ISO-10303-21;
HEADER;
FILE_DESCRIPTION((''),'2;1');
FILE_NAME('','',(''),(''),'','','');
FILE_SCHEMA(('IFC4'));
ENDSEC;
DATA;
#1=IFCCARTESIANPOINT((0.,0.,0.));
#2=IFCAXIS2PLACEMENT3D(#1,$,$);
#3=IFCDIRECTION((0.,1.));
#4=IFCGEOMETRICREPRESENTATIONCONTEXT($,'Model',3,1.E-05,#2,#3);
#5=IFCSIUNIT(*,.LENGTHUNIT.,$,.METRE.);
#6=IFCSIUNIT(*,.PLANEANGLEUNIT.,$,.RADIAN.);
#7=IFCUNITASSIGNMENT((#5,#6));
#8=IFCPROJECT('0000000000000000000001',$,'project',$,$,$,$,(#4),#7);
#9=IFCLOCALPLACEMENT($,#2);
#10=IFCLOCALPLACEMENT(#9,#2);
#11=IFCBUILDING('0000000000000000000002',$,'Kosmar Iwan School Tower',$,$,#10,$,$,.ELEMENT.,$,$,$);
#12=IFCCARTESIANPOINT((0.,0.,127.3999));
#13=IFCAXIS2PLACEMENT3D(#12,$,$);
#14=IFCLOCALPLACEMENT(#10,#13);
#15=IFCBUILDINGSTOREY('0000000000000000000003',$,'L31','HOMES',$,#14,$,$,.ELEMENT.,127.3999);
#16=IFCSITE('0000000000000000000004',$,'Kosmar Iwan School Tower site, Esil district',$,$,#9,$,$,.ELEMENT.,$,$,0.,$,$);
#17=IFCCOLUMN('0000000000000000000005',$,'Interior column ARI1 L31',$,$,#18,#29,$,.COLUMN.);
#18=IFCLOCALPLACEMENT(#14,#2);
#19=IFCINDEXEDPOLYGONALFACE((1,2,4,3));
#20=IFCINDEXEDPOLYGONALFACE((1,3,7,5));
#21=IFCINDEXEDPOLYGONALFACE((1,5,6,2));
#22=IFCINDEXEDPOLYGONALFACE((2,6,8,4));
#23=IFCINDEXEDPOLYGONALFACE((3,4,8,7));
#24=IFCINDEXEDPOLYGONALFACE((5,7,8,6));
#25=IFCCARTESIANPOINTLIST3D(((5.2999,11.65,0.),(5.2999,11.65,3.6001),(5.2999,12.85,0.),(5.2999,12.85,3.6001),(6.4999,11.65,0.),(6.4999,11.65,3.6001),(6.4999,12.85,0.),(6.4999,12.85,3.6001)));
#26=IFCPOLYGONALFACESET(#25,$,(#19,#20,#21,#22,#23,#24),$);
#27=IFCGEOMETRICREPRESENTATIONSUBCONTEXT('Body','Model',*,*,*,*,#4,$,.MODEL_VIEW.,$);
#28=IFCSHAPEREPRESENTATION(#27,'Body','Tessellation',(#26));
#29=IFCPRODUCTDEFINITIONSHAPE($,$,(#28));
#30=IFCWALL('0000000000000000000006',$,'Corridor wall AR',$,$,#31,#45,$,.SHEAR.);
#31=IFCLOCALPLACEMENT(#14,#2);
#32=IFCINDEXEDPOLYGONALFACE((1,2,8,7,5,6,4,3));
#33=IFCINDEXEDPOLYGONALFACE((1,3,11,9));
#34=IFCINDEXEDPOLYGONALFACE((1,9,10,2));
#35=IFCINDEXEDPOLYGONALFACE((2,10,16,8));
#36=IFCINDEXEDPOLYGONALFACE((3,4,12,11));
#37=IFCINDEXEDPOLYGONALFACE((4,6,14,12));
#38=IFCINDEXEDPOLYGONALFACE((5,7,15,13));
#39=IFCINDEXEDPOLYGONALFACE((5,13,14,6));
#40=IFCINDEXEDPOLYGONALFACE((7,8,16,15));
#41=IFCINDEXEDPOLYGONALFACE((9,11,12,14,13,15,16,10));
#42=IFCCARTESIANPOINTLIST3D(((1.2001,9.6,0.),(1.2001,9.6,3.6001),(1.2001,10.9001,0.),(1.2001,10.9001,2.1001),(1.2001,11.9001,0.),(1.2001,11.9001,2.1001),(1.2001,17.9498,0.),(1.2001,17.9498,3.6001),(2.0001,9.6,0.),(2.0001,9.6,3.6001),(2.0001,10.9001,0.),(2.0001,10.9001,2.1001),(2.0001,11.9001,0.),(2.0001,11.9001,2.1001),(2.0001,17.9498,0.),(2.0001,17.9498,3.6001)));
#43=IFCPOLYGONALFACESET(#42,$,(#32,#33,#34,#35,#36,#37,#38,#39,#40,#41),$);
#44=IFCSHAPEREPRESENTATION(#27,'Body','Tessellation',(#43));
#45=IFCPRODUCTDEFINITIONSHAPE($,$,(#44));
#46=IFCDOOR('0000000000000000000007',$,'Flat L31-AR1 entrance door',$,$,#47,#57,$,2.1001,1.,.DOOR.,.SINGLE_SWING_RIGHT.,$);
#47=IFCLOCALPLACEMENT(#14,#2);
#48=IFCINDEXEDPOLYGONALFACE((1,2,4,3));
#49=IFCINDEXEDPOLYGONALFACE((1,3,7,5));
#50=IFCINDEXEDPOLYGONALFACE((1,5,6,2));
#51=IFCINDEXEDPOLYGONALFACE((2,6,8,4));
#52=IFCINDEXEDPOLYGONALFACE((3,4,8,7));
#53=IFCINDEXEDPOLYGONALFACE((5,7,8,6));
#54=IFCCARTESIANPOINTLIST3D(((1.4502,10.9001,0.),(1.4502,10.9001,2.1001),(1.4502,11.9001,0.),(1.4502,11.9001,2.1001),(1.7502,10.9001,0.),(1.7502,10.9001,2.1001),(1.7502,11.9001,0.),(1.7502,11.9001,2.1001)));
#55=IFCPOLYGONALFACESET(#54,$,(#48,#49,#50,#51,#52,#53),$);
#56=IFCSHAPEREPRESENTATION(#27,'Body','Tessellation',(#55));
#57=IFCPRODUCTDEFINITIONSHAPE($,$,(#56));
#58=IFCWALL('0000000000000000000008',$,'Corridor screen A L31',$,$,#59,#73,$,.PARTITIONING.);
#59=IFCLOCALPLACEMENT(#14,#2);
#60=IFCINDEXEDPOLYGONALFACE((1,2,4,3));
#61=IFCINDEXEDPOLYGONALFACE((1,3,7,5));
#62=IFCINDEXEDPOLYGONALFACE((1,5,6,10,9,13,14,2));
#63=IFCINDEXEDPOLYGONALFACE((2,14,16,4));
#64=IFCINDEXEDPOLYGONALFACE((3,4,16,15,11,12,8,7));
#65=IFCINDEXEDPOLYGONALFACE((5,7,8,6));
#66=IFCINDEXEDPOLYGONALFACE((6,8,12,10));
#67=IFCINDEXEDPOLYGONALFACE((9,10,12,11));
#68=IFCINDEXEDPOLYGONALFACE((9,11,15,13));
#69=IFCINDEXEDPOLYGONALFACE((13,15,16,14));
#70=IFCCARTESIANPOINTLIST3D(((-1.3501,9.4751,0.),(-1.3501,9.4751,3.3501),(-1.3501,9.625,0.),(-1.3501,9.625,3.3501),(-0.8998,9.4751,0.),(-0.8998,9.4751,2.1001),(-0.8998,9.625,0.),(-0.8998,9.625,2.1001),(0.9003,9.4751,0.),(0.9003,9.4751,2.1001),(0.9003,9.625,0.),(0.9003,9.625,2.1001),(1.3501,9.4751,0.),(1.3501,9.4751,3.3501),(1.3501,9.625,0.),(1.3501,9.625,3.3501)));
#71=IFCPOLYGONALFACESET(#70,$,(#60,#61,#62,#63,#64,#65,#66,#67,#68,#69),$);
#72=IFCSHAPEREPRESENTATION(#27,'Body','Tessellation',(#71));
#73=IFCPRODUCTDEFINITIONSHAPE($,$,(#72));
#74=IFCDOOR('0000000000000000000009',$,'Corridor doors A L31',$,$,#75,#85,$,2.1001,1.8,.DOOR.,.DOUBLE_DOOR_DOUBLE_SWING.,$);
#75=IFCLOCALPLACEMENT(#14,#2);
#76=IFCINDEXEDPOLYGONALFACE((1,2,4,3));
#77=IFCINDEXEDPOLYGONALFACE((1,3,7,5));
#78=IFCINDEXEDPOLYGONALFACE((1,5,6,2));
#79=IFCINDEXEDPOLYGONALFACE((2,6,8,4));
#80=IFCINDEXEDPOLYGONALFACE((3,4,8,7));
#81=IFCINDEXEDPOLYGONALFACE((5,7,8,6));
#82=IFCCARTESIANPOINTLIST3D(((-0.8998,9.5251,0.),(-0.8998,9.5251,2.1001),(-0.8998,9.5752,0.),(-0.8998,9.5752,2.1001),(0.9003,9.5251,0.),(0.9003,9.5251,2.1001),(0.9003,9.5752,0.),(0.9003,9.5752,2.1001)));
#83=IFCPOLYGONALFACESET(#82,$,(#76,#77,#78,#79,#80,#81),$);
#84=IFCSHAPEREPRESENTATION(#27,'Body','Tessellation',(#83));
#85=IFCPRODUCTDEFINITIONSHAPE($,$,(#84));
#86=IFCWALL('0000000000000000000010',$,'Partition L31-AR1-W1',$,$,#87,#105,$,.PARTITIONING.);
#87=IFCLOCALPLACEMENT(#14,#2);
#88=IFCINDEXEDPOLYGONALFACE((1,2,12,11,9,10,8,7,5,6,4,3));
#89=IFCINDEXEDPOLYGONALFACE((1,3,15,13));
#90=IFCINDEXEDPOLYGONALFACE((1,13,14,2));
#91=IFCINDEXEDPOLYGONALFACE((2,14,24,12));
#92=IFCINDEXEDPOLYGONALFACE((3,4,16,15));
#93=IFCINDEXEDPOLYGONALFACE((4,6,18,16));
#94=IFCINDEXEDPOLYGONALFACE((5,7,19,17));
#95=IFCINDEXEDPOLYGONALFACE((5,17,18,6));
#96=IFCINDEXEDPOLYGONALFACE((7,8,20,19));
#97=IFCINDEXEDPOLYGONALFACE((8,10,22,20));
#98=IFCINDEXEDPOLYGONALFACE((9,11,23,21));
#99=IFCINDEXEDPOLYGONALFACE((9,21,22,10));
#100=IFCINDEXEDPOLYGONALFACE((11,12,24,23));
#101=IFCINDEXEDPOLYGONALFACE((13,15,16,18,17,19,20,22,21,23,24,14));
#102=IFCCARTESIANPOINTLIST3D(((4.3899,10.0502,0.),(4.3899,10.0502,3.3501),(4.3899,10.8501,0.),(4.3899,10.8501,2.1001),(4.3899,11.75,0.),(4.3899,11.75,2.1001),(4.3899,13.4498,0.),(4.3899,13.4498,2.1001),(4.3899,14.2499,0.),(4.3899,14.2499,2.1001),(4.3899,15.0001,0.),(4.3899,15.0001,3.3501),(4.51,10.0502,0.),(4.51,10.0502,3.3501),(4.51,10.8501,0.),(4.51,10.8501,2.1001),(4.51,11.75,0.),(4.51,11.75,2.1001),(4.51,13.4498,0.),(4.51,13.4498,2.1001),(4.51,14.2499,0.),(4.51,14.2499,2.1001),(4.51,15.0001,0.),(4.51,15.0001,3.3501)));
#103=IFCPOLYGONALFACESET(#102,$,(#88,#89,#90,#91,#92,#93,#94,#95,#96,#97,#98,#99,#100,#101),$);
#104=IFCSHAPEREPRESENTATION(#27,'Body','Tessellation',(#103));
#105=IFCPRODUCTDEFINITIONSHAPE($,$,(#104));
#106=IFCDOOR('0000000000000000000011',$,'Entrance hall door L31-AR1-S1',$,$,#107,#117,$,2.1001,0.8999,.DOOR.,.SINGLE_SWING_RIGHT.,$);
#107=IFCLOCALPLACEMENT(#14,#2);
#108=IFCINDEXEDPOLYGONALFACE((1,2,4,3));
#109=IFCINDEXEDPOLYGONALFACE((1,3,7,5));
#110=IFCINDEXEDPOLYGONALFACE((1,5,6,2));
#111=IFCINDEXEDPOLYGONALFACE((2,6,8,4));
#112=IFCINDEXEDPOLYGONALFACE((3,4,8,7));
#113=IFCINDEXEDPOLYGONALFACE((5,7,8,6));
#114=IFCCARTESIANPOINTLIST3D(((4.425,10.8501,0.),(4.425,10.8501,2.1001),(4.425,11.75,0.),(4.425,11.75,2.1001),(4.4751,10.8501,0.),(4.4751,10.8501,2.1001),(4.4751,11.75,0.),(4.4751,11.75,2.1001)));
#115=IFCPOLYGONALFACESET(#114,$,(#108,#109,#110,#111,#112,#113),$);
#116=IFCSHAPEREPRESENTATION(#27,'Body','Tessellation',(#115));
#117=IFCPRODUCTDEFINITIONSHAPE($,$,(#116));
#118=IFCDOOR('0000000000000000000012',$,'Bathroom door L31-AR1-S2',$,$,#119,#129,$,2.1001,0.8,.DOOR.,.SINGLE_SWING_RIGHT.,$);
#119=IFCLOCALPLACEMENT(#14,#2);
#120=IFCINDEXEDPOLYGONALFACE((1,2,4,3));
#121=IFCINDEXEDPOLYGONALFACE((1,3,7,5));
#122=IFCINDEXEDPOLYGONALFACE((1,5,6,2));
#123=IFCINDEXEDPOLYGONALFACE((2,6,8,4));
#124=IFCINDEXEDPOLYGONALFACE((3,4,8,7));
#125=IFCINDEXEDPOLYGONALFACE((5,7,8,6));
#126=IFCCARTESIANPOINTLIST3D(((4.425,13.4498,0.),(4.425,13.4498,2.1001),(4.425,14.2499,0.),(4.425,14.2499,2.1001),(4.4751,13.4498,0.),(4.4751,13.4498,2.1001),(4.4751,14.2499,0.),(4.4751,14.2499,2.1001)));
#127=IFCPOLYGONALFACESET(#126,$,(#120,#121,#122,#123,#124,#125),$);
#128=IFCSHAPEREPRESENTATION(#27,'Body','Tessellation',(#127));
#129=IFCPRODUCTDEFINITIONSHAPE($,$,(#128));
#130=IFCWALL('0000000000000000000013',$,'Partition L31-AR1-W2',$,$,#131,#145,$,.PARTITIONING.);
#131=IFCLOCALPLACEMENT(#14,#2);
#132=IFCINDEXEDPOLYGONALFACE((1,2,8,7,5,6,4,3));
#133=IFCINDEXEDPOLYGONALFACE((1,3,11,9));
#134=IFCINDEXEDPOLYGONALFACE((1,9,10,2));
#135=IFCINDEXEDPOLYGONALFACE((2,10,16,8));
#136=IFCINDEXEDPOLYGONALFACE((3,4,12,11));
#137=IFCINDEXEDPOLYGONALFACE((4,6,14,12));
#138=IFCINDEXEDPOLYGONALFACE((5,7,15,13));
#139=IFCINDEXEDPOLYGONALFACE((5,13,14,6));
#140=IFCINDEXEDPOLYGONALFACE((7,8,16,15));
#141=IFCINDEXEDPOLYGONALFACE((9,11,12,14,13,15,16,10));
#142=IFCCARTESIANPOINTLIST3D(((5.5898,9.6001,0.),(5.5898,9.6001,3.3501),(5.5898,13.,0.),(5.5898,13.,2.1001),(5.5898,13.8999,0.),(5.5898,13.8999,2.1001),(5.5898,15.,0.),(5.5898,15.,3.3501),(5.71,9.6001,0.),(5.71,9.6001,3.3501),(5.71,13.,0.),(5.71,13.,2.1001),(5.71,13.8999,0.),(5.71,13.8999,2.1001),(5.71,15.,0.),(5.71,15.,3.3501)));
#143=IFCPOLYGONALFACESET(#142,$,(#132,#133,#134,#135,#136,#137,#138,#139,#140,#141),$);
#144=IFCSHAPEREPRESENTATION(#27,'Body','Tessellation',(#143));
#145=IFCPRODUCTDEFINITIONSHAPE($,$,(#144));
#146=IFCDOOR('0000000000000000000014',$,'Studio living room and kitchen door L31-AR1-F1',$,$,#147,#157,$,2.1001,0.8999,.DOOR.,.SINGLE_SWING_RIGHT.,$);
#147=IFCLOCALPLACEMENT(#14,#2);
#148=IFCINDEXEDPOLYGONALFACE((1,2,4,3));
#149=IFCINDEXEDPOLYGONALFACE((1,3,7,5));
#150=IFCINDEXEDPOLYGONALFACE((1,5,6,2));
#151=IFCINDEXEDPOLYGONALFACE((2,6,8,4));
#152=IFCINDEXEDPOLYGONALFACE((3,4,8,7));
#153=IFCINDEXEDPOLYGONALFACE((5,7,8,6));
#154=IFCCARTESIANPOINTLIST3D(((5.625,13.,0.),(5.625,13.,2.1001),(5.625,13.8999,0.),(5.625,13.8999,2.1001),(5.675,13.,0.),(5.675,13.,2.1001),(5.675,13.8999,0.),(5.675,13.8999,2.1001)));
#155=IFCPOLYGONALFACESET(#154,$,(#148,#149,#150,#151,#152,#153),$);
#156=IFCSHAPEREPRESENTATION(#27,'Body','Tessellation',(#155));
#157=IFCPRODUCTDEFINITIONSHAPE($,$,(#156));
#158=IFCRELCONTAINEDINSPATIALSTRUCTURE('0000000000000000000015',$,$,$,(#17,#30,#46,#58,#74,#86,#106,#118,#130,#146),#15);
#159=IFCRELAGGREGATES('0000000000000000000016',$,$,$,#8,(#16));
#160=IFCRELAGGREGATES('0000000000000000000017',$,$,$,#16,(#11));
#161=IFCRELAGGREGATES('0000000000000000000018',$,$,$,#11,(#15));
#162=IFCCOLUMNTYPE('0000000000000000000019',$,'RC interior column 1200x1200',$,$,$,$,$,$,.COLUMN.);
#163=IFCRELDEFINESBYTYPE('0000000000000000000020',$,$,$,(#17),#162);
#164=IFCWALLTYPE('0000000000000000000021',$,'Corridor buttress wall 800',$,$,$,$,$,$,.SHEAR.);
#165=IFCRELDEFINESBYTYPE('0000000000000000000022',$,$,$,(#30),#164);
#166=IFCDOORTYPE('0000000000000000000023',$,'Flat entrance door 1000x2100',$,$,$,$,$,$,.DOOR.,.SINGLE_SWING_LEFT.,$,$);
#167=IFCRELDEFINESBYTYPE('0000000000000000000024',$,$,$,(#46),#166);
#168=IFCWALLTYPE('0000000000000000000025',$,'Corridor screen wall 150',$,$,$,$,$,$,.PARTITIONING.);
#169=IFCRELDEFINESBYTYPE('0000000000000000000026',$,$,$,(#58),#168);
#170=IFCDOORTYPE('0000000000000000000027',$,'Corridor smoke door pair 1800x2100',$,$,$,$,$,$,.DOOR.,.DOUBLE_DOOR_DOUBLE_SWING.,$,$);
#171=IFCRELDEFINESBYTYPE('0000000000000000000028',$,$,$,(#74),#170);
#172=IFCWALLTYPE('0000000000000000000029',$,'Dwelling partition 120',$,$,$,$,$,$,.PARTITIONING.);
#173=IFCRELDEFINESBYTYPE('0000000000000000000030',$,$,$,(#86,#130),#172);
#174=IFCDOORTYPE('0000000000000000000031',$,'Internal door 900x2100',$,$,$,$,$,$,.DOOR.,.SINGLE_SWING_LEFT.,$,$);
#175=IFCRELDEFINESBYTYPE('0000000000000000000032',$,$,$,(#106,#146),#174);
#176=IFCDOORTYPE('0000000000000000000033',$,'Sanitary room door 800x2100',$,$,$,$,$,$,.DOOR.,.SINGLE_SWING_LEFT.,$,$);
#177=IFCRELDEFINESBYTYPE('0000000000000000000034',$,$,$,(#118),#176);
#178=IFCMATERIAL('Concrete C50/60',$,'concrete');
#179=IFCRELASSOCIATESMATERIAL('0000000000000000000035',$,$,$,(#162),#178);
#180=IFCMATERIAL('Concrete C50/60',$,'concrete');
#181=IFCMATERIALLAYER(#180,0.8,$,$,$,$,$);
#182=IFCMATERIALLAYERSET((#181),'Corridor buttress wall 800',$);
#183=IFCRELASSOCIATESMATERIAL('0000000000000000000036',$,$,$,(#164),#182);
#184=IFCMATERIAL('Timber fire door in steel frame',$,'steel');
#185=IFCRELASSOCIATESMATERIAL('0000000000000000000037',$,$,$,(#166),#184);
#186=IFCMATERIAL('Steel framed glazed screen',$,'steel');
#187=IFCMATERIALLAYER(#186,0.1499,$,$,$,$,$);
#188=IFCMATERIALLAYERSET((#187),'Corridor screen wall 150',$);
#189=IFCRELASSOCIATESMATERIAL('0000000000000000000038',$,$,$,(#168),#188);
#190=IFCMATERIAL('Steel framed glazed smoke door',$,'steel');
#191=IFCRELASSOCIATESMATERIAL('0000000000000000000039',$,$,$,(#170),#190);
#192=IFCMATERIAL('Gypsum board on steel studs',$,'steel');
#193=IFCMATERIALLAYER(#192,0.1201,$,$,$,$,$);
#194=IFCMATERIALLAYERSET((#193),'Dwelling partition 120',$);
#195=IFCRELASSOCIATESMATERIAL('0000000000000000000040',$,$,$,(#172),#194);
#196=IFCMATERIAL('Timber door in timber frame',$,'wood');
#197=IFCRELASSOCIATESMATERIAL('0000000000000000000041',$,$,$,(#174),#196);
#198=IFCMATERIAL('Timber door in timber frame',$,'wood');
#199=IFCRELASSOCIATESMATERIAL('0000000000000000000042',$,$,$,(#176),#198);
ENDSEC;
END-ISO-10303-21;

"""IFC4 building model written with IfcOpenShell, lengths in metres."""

from ifc_helpers import new_model, si_unit, direction, frame, frame_2d, origin, origin_2d, place, context, subcontext, project, spatial, rectangle, extrude, material, layer, layer_set, material_profile, profile_set, type_object, element, fill, save


model = new_model("IFC4")

# Units and contexts
model_context = context("Model", 3, precision=1e-05, world=origin(), true_north=direction((0.0, 1.0)))
body_context = subcontext(model_context, "Body", "Model", "MODEL_VIEW")
ifc_project = project(units=[si_unit("LENGTHUNIT", "METRE"), si_unit("PLANEANGLEUNIT", "RADIAN")], contexts=[model_context])

# Site, building, storey
site_placement = place(None, origin())
site = spatial("IfcSite", under=ifc_project, at=site_placement, Name="Kosmar Iwan School Tower site, Esil district", CompositionType="ELEMENT", RefElevation=0.0)
building_placement = place(site_placement, origin())
building = spatial("IfcBuilding", under=site, at=building_placement, Name="Kosmar Iwan School Tower", CompositionType="ELEMENT")
storey_placement = place(building_placement, frame((0.0, 0.0, 127.3999)))
storey = spatial("IfcBuildingStorey", under=building, at=storey_placement, Name="L31", Description="HOMES", CompositionType="ELEMENT", Elevation=127.3999)

# Column
ifc_material_1 = material(Name="Concrete C50/60", Category="concrete")
ifc_material_profile = material_profile(ifc_material_1, rectangle(XDim=1.2, YDim=1.2, at=origin_2d()), Name="RC 1200x1200")
ifc_profile_set = profile_set([ifc_material_profile], Name="Concrete C50/60")
column_type = type_object("IfcColumnType", Name="RC interior column 1200x1200", PredefinedType="COLUMN", material=ifc_profile_set)
column_placement = place(storey_placement, frame((5.8999, 12.25, 0.0), z_axis=(0.0, 0.0, 1.0), x_axis=(0.0, 1.0, 0.0)))
element("IfcColumn", 1, at=column_placement, inside=storey, type_object=column_type, Name="Interior column ARI1 L31", PredefinedType="COLUMN", context=body_context, shape_type="SweptSolid", body=[
    extrude(rectangle(XDim=1.2, YDim=1.2, at=origin_2d()), origin(), (0.0, 0.0, 1.0), 3.6001),
])

# Walls, openings, doors
ifc_material_2 = material(Name="Concrete C50/60", Category="concrete")
ifc_layer_1 = layer(ifc_material_2, 0.8)
ifc_layer_set_1 = layer_set([ifc_layer_1], Name="Corridor buttress wall 800")
wall_type_1 = type_object("IfcWallType", Name="Corridor buttress wall 800", PredefinedType="SHEAR", material=ifc_layer_set_1)
wall_1_placement = place(storey_placement, frame((1.6001, 9.6001, 0.0), z_axis=(0.0, 0.0, 1.0), x_axis=(0.0, 1.0, 0.0)))
wall_1 = element("IfcWall", 2, at=wall_1_placement, inside=storey, type_object=wall_type_1, Name="Corridor wall AR", PredefinedType="SHEAR", context=body_context, shape_type="SweptSolid", body=[
    extrude(rectangle(XDim=8.3499, YDim=0.8, at=frame_2d((4.1748, 0.0))), origin(), (0.0, 0.0, 1.0), 3.6001),
])
opening_1_placement = place(wall_1_placement, frame((1.3, 0.0, 0.0)))
opening_1 = element("IfcOpeningElement", 3, at=opening_1_placement, cuts=wall_1, PredefinedType="OPENING", context=body_context, shape_type="SweptSolid", body=[
    extrude(rectangle(XDim=1.0, YDim=2.1001, at=frame_2d((0.5, 1.05))), frame((0.0, 0.4121, 0.0), z_axis=(0.0, -1.0, 0.0), x_axis=(1.0, 0.0, 0.0)), (0.0, 0.0, 1.0), 0.824),
])
ifc_material_3 = material(Name="Timber fire door in steel frame", Category="steel")
door_type_1 = type_object("IfcDoorType", Name="Flat entrance door 1000x2100", OperationType="SINGLE_SWING_LEFT", PredefinedType="DOOR", material=ifc_material_3)
door_1_placement = place(opening_1_placement, origin())
door_1 = element("IfcDoor", 4, at=door_1_placement, inside=storey, type_object=door_type_1, Name="Flat L31-AR1 entrance door", OperationType="SINGLE_SWING_RIGHT", OverallHeight=2.1001, OverallWidth=1.0, PredefinedType="DOOR", context=body_context, shape_type="SweptSolid", body=[
    extrude(rectangle(XDim=1.0, YDim=2.1001, at=frame_2d((0.5, 1.05))), frame((0.0, 0.1499, 0.0), z_axis=(0.0, -1.0, 0.0), x_axis=(1.0, 0.0, 0.0)), (0.0, 0.0, 1.0), 0.3),
])
fill(opening_1, door_1)
ifc_material_4 = material(Name="Steel framed glazed screen", Category="steel")
ifc_layer_2 = layer(ifc_material_4, 0.1499)
ifc_layer_set_2 = layer_set([ifc_layer_2], Name="Corridor screen wall 150")
wall_type_2 = type_object("IfcWallType", Name="Corridor screen wall 150", PredefinedType="PARTITIONING", material=ifc_layer_set_2)
wall_2_placement = place(storey_placement, frame((1.3501, 9.55, 0.0), z_axis=(0.0, 0.0, 1.0), x_axis=(-1.0, 0.0, 0.0)))
wall_2 = element("IfcWall", 5, at=wall_2_placement, inside=storey, type_object=wall_type_2, Name="Corridor screen A L31", PredefinedType="PARTITIONING", context=body_context, shape_type="SweptSolid", body=[
    extrude(rectangle(XDim=2.7002, YDim=0.1499, at=frame_2d((1.3501, 0.0))), origin(), (0.0, 0.0, 1.0), 3.3501),
])
opening_2_placement = place(wall_2_placement, frame((0.45, 0.0, 0.0)))
opening_2 = element("IfcOpeningElement", 6, at=opening_2_placement, cuts=wall_2, PredefinedType="OPENING", context=body_context, shape_type="SweptSolid", body=[
    extrude(rectangle(XDim=1.8, YDim=2.1001, at=frame_2d((0.8999, 1.05))), frame((0.0, 0.0869, 0.0), z_axis=(0.0, -1.0, 0.0), x_axis=(1.0, 0.0, 0.0)), (0.0, 0.0, 1.0), 0.1738),
])
ifc_material_5 = material(Name="Steel framed glazed smoke door", Category="steel")
door_type_2 = type_object("IfcDoorType", Name="Corridor smoke door pair 1800x2100", OperationType="DOUBLE_DOOR_DOUBLE_SWING", PredefinedType="DOOR", material=ifc_material_5)
door_2_placement = place(opening_2_placement, origin())
door_2 = element("IfcDoor", 7, at=door_2_placement, inside=storey, type_object=door_type_2, Name="Corridor doors A L31", OperationType="DOUBLE_DOOR_DOUBLE_SWING", OverallHeight=2.1001, OverallWidth=1.8, PredefinedType="DOOR", context=body_context, shape_type="SweptSolid", body=[
    extrude(rectangle(XDim=1.8, YDim=2.1001, at=frame_2d((0.8999, 1.05))), frame((0.0, 0.0249, 0.0), z_axis=(0.0, -1.0, 0.0), x_axis=(1.0, 0.0, 0.0)), (0.0, 0.0, 1.0), 0.05),
])
fill(opening_2, door_2)

# Wall, openings, doors
ifc_material_6 = material(Name="Gypsum board on steel studs", Category="steel")
ifc_layer_3 = layer(ifc_material_6, 0.1201)
ifc_layer_set_3 = layer_set([ifc_layer_3], Name="Dwelling partition 120")
wall_type_3 = type_object("IfcWallType", Name="Dwelling partition 120", PredefinedType="PARTITIONING", material=ifc_layer_set_3)
wall_3_placement = place(storey_placement, frame((4.45, 10.05, 0.0), z_axis=(0.0, 0.0, 1.0), x_axis=(0.0, 1.0, 0.0)))
wall_3 = element("IfcWall", 8, at=wall_3_placement, inside=storey, type_object=wall_type_3, Name="Partition L31-AR1-W1", PredefinedType="PARTITIONING", context=body_context, shape_type="SweptSolid", body=[
    extrude(rectangle(XDim=4.95, YDim=0.1201, at=frame_2d((2.4751, 0.0))), origin(), (0.0, 0.0, 1.0), 3.3501),
])
opening_3_placement = place(wall_3_placement, frame((0.8, 0.0, 0.0)))
opening_3 = element("IfcOpeningElement", 9, at=opening_3_placement, cuts=wall_3, PredefinedType="OPENING", context=body_context, shape_type="SweptSolid", body=[
    extrude(rectangle(XDim=0.8999, YDim=2.1001, at=frame_2d((0.45, 1.05))), frame((0.0, 0.072, 0.0), z_axis=(0.0, -1.0, 0.0), x_axis=(1.0, 0.0, 0.0)), (0.0, 0.0, 1.0), 0.144),
])
opening_4_placement = place(wall_3_placement, frame((3.3999, 0.0, 0.0)))
opening_4 = element("IfcOpeningElement", 10, at=opening_4_placement, cuts=wall_3, PredefinedType="OPENING", context=body_context, shape_type="SweptSolid", body=[
    extrude(rectangle(XDim=0.8, YDim=2.1001, at=frame_2d((0.3999, 1.05))), frame((0.0, 0.072, 0.0), z_axis=(0.0, -1.0, 0.0), x_axis=(1.0, 0.0, 0.0)), (0.0, 0.0, 1.0), 0.144),
])
ifc_material_7 = material(Name="Timber door in timber frame", Category="wood")
door_type_3 = type_object("IfcDoorType", Name="Internal door 900x2100", OperationType="SINGLE_SWING_LEFT", PredefinedType="DOOR", material=ifc_material_7)
door_3_placement = place(opening_3_placement, origin())
door_3 = element("IfcDoor", 11, at=door_3_placement, inside=storey, type_object=door_type_3, Name="Entrance hall door L31-AR1-S1", OperationType="SINGLE_SWING_RIGHT", OverallHeight=2.1001, OverallWidth=0.8999, PredefinedType="DOOR", context=body_context, shape_type="SweptSolid", body=[
    extrude(rectangle(XDim=0.8999, YDim=2.1001, at=frame_2d((0.45, 1.05))), frame((0.0, 0.0249, 0.0), z_axis=(0.0, -1.0, 0.0), x_axis=(1.0, 0.0, 0.0)), (0.0, 0.0, 1.0), 0.05),
])
fill(opening_3, door_3)
ifc_material_8 = material(Name="Timber door in timber frame", Category="wood")
door_type_4 = type_object("IfcDoorType", Name="Sanitary room door 800x2100", OperationType="SINGLE_SWING_LEFT", PredefinedType="DOOR", material=ifc_material_8)
door_4_placement = place(opening_4_placement, origin())
door_4 = element("IfcDoor", 12, at=door_4_placement, inside=storey, type_object=door_type_4, Name="Bathroom door L31-AR1-S2", OperationType="SINGLE_SWING_RIGHT", OverallHeight=2.1001, OverallWidth=0.8, PredefinedType="DOOR", context=body_context, shape_type="SweptSolid", body=[
    extrude(rectangle(XDim=0.8, YDim=2.1001, at=frame_2d((0.3999, 1.05))), frame((0.0, 0.0249, 0.0), z_axis=(0.0, -1.0, 0.0), x_axis=(1.0, 0.0, 0.0)), (0.0, 0.0, 1.0), 0.05),
])
fill(opening_4, door_4)

# Wall, opening, door
wall_4_placement = place(storey_placement, frame((5.6499, 9.6001, 0.0), z_axis=(0.0, 0.0, 1.0), x_axis=(0.0, 1.0, 0.0)))
wall_4 = element("IfcWall", 13, at=wall_4_placement, inside=storey, type_object=wall_type_3, Name="Partition L31-AR1-W2", PredefinedType="PARTITIONING", context=body_context, shape_type="SweptSolid", body=[
    extrude(rectangle(XDim=5.3999, YDim=0.1201, at=frame_2d((2.7, 0.0))), origin(), (0.0, 0.0, 1.0), 3.3501),
])
opening_5_placement = place(wall_4_placement, frame((3.3999, 0.0, 0.0)))
opening_5 = element("IfcOpeningElement", 14, at=opening_5_placement, cuts=wall_4, PredefinedType="OPENING", context=body_context, shape_type="SweptSolid", body=[
    extrude(rectangle(XDim=0.8999, YDim=2.1001, at=frame_2d((0.45, 1.05))), frame((0.0, 0.072, 0.0), z_axis=(0.0, -1.0, 0.0), x_axis=(1.0, 0.0, 0.0)), (0.0, 0.0, 1.0), 0.144),
])
door_5_placement = place(opening_5_placement, origin())
door_5 = element("IfcDoor", 15, at=door_5_placement, inside=storey, type_object=door_type_3, Name="Studio living room and kitchen door L31-AR1-F1", OperationType="SINGLE_SWING_RIGHT", OverallHeight=2.1001, OverallWidth=0.8999, PredefinedType="DOOR", context=body_context, shape_type="SweptSolid", body=[
    extrude(rectangle(XDim=0.8999, YDim=2.1001, at=frame_2d((0.45, 1.05))), frame((0.0, 0.0249, 0.0), z_axis=(0.0, -1.0, 0.0), x_axis=(1.0, 0.0, 0.0)), (0.0, 0.0, 1.0), 0.05),
])
fill(opening_5, door_5)

save(model, "model.ifc")
